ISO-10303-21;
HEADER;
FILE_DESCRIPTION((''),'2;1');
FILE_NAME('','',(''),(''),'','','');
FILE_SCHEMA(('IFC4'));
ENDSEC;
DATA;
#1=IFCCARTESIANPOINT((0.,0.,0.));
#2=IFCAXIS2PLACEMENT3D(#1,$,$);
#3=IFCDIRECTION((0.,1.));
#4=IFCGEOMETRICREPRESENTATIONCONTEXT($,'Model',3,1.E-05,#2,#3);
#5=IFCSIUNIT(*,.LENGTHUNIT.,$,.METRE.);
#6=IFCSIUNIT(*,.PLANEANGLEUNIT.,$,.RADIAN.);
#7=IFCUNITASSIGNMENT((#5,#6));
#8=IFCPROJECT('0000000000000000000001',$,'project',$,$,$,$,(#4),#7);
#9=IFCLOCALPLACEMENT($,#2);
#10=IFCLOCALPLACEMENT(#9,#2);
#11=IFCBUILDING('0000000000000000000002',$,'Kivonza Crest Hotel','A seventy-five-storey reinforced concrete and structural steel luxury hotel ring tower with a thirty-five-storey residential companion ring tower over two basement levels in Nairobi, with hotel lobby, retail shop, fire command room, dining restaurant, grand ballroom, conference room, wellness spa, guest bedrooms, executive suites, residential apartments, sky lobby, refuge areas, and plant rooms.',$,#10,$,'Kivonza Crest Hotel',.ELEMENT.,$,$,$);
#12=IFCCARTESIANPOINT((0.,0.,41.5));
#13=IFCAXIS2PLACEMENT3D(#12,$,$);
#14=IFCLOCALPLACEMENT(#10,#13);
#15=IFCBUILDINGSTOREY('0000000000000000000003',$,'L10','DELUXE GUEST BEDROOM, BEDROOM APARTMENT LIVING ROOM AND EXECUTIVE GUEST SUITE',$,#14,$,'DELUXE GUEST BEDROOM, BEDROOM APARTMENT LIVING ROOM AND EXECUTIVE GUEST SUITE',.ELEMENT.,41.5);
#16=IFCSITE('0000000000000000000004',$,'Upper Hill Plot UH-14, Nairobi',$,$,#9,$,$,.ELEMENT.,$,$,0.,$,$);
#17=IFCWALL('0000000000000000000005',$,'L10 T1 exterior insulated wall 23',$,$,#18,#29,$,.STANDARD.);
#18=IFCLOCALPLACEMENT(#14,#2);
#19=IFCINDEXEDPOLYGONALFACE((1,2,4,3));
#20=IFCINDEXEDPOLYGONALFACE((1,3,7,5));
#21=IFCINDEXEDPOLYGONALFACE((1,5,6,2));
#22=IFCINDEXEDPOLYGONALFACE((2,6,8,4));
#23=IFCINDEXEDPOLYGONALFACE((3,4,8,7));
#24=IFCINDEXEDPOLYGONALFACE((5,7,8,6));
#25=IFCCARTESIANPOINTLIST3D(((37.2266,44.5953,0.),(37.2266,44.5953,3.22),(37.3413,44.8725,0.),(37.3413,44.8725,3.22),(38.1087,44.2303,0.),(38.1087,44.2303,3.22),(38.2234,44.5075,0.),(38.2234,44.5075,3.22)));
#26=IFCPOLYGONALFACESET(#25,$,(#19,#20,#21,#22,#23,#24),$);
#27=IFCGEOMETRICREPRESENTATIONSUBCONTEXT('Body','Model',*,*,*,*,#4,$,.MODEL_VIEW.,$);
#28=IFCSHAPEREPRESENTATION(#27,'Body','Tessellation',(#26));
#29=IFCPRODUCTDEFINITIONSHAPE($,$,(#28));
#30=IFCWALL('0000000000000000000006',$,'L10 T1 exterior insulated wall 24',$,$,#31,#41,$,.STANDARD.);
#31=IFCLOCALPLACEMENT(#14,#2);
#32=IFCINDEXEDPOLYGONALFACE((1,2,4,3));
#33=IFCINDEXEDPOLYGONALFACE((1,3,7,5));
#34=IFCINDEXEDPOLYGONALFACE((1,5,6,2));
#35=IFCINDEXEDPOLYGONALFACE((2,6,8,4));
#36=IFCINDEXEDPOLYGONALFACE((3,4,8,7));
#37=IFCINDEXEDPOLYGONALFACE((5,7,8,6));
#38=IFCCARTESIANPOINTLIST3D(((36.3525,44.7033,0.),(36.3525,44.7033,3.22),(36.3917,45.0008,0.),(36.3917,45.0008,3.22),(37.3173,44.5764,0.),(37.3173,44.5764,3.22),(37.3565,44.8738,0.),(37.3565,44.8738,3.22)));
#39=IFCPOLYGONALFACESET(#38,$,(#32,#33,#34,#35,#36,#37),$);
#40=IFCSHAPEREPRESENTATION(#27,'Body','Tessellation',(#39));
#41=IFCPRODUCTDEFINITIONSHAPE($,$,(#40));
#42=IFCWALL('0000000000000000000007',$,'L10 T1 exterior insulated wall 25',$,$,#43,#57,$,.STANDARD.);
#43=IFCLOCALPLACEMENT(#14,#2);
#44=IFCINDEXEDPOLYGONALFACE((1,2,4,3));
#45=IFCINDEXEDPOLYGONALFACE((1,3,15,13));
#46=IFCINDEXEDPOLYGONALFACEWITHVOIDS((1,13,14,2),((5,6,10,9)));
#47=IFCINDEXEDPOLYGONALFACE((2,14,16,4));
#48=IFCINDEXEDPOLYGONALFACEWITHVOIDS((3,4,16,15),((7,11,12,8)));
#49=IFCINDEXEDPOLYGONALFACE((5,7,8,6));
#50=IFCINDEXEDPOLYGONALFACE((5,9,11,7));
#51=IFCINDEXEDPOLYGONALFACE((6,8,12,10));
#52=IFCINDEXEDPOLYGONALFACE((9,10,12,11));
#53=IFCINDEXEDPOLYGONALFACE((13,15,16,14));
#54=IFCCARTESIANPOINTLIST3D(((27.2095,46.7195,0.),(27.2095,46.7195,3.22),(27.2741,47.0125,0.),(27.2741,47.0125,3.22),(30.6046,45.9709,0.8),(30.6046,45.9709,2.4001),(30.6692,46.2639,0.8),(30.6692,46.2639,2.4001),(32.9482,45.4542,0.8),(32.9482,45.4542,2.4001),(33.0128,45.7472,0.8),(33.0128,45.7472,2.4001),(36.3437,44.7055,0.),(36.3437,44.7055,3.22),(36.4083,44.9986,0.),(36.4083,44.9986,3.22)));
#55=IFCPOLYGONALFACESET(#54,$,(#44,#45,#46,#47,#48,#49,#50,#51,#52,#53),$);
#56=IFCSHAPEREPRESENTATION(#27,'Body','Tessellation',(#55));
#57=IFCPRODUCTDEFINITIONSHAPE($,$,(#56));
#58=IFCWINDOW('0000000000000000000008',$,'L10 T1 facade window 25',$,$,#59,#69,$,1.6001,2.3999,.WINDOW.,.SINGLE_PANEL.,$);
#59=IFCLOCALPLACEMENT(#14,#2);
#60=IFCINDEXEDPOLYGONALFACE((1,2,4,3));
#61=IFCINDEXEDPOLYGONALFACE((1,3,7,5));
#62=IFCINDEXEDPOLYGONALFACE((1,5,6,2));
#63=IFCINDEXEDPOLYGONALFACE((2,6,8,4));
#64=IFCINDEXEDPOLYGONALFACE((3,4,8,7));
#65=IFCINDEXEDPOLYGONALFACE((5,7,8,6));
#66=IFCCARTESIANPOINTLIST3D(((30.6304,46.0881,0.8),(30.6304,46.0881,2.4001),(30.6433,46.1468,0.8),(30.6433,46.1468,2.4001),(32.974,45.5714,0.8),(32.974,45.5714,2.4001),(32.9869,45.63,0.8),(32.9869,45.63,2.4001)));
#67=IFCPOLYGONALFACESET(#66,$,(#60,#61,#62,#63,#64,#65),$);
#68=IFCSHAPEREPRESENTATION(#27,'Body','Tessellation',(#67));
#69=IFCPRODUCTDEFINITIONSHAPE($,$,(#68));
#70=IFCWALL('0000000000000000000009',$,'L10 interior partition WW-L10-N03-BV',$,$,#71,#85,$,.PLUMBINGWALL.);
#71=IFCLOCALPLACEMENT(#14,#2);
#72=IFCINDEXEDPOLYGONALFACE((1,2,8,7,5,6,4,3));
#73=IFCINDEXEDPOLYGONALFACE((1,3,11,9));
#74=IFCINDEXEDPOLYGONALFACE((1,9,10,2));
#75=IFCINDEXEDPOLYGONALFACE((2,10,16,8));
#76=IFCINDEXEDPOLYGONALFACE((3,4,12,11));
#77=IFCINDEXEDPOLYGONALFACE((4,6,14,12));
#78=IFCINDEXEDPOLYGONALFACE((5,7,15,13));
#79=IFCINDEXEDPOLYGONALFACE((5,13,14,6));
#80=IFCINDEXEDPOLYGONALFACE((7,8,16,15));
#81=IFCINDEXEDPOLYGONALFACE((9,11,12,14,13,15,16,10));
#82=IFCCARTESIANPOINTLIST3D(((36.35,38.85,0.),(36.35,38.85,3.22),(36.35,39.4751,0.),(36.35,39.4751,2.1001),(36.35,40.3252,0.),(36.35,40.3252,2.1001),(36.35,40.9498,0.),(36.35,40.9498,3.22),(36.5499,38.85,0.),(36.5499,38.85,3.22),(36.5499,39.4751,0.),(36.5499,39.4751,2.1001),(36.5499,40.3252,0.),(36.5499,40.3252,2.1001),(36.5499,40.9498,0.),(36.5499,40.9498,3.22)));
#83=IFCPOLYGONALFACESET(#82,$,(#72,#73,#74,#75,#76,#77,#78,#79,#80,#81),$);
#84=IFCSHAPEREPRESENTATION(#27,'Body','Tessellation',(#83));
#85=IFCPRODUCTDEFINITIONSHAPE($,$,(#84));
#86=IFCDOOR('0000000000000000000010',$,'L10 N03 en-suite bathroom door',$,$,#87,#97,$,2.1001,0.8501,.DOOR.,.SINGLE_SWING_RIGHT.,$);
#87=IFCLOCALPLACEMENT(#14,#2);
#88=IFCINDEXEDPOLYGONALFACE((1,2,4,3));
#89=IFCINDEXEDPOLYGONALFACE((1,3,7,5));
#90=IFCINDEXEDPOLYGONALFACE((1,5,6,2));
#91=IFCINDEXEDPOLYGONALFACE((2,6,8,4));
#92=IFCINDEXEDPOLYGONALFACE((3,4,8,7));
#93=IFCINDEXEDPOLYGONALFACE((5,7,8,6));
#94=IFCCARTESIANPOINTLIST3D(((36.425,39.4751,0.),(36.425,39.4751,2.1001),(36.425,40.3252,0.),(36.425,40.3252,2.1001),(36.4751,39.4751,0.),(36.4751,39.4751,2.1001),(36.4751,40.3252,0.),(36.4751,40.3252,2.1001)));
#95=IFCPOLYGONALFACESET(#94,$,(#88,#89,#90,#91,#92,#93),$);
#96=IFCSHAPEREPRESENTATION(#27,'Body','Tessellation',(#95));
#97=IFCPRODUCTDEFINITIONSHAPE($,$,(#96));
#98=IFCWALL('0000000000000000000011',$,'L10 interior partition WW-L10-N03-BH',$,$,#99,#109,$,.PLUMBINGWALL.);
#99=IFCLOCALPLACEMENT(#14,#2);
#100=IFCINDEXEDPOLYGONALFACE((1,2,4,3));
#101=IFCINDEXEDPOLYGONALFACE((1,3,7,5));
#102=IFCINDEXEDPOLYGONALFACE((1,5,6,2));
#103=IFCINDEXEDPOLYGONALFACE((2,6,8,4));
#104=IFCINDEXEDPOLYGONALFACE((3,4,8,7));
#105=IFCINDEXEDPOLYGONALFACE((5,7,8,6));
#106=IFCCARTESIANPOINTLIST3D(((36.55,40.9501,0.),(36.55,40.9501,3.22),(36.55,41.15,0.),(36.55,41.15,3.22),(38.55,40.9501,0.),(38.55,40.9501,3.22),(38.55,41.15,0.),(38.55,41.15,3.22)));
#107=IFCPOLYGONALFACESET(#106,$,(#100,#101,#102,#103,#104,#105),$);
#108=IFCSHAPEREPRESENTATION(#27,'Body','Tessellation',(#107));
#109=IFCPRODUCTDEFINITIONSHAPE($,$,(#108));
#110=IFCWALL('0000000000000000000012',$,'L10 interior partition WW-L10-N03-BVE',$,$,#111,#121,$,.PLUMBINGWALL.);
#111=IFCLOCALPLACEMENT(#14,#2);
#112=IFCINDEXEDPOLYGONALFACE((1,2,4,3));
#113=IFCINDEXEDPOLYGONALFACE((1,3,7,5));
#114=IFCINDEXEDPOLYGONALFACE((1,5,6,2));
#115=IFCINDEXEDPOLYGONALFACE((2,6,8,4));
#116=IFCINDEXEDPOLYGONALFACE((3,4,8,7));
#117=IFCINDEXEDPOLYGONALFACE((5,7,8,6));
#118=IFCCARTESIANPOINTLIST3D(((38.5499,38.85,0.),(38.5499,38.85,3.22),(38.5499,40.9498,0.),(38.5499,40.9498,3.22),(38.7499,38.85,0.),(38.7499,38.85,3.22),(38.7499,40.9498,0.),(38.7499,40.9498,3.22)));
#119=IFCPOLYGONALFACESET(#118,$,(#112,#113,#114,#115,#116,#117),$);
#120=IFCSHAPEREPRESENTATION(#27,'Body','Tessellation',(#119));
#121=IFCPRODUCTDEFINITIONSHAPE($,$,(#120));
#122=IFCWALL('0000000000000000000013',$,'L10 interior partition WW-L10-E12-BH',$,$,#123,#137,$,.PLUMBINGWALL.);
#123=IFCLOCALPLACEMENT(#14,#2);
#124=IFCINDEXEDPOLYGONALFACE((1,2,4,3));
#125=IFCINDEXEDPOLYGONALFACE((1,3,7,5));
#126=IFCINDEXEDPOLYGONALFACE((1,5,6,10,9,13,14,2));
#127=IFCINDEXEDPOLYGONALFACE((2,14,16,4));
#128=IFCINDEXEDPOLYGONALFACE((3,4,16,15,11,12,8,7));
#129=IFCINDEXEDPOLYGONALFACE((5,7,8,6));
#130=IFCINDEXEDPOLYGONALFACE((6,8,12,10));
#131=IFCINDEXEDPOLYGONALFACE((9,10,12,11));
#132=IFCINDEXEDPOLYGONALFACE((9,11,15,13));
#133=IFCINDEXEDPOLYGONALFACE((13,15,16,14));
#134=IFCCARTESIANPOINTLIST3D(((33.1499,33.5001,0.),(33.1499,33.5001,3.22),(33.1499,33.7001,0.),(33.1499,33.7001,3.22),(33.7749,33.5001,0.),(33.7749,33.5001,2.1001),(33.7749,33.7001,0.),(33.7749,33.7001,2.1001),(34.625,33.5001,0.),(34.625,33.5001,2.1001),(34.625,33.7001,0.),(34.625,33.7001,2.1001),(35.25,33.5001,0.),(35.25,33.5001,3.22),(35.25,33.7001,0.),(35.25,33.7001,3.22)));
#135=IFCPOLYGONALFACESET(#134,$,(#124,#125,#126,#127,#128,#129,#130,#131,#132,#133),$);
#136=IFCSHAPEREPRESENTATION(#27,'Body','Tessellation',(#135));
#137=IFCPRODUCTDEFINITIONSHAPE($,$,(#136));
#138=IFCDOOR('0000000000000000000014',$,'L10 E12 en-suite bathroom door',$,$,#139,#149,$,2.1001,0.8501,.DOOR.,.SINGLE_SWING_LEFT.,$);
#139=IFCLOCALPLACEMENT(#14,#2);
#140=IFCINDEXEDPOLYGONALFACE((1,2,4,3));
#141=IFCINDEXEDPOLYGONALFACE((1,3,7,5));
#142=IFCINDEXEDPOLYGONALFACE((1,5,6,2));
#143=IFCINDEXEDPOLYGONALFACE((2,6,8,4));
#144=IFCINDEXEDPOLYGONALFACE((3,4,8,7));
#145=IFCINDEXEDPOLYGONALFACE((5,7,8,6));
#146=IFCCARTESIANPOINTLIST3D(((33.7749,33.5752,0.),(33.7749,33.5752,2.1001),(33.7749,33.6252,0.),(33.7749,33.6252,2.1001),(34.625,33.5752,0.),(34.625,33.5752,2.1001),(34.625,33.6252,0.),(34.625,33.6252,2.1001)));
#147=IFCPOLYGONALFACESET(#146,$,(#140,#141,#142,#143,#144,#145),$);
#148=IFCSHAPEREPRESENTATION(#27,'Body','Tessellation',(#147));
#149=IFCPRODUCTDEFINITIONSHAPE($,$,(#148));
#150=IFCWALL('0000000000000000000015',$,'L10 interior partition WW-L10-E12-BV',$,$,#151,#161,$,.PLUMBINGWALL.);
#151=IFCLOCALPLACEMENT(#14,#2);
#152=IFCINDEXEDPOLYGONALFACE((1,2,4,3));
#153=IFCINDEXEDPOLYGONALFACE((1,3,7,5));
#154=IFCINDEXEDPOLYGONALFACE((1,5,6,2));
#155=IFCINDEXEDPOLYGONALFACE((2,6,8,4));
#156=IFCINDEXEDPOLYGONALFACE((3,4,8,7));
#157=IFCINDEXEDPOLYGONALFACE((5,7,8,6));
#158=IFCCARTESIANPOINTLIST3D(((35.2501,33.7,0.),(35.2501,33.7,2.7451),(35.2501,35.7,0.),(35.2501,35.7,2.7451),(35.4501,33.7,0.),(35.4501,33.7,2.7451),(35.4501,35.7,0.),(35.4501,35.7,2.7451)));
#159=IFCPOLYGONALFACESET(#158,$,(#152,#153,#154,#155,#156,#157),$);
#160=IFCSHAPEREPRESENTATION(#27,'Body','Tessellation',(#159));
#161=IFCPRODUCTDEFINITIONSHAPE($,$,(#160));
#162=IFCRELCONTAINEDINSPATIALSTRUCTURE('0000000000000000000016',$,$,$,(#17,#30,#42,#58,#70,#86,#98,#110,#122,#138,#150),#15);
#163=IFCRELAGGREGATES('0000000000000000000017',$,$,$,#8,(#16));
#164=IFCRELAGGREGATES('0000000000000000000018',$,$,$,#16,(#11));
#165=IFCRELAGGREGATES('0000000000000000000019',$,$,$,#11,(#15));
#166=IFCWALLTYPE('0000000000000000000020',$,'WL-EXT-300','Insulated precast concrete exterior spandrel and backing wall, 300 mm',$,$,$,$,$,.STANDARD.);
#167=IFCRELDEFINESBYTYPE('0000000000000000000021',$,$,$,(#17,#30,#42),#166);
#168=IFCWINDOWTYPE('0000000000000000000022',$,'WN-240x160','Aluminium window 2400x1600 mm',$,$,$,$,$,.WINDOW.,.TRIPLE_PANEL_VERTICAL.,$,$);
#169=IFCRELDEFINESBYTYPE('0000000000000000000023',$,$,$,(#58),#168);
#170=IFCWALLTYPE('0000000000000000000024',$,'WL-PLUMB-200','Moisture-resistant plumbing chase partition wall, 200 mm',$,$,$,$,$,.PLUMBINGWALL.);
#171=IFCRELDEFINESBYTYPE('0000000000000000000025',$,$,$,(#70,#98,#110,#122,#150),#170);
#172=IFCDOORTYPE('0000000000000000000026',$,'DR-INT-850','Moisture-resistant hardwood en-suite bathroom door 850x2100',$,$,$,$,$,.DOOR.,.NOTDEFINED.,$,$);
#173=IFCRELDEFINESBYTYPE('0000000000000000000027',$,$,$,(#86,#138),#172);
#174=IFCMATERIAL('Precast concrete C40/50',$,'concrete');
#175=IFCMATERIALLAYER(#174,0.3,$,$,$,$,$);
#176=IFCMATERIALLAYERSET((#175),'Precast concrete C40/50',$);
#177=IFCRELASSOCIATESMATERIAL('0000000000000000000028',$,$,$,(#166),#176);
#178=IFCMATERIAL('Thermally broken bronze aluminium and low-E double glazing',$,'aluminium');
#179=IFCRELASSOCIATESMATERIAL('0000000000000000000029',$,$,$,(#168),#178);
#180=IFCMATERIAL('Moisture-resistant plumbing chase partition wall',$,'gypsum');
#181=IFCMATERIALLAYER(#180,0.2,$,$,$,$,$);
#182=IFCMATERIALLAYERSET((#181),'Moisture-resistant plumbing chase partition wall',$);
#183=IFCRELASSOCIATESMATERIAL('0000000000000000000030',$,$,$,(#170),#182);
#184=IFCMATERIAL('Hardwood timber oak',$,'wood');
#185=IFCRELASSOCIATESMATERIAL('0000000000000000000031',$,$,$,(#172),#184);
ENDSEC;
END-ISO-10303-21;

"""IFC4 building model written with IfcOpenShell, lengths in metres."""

from ifc_helpers import new_model, si_unit, direction, frame, frame_2d, origin, place, context, subcontext, project, spatial, rectangle, extrude, material, layer, layer_set, type_object, element, fill, save


model = new_model("IFC4")

# Units and contexts
model_context = context("Model", 3, precision=1e-05, world=origin(), true_north=direction((0.0, 1.0)))
body_context = subcontext(model_context, "Body", "Model", "MODEL_VIEW")
ifc_project = project(units=[si_unit("LENGTHUNIT", "METRE"), si_unit("PLANEANGLEUNIT", "RADIAN")], contexts=[model_context])

# Site, building, storey
site_placement = place(None, origin())
site = spatial("IfcSite", under=ifc_project, at=site_placement, Name="Upper Hill Plot UH-14, Nairobi", CompositionType="ELEMENT", RefElevation=0.0)
building_placement = place(site_placement, origin())
building = spatial("IfcBuilding", under=site, at=building_placement, Name="Kivonza Crest Hotel", Description="A seventy-five-storey reinforced concrete and structural steel luxury hotel ring tower with a thirty-five-storey residential companion ring tower over two basement levels in Nairobi, with hotel lobby, retail shop, fire command room, dining restaurant, grand ballroom, conference room, wellness spa, guest bedrooms, executive suites, residential apartments, sky lobby, refuge areas, and plant rooms.", LongName="Kivonza Crest Hotel", CompositionType="ELEMENT")
storey_placement = place(building_placement, frame((0.0, 0.0, 41.5)))
storey = spatial("IfcBuildingStorey", under=building, at=storey_placement, Name="L10", Description="DELUXE GUEST BEDROOM, BEDROOM APARTMENT LIVING ROOM AND EXECUTIVE GUEST SUITE", LongName="DELUXE GUEST BEDROOM, BEDROOM APARTMENT LIVING ROOM AND EXECUTIVE GUEST SUITE", CompositionType="ELEMENT", Elevation=41.5)

# Walls
ifc_material_1 = material(Name="Precast concrete C40/50", Category="concrete")
ifc_layer_1 = layer(ifc_material_1, 0.3)
ifc_layer_set_1 = layer_set([ifc_layer_1], Name="Precast concrete C40/50")
wall_type_1 = type_object("IfcWallType", Name="WL-EXT-300", Description="Insulated precast concrete exterior spandrel and backing wall, 300 mm", PredefinedType="STANDARD", material=ifc_layer_set_1)
wall_1_placement = place(storey_placement, frame((38.166, 44.3689, 0.0), z_axis=(0.0, 0.0, 1.0), x_axis=(-0.92402, 0.382344, 0.0)))
element("IfcWall", 1, at=wall_1_placement, inside=storey, type_object=wall_type_1, Name="L10 T1 exterior insulated wall 23", PredefinedType="STANDARD", context=body_context, shape_type="SweptSolid", body=[
    extrude(rectangle(XDim=0.9546, YDim=0.3, at=frame_2d((0.4773, 0.0))), origin(), (0.0, 0.0, 1.0), 3.22),
])
wall_2_placement = place(storey_placement, frame((37.3369, 44.7251, 0.0), z_axis=(0.0, 0.0, 1.0), x_axis=(-0.991454, 0.130455, 0.0)))
element("IfcWall", 2, at=wall_2_placement, inside=storey, type_object=wall_type_1, Name="L10 T1 exterior insulated wall 24", PredefinedType="STANDARD", context=body_context, shape_type="SweptSolid", body=[
    extrude(rectangle(XDim=0.9731, YDim=0.3, at=frame_2d((0.4866, 0.0))), origin(), (0.0, 0.0, 1.0), 3.22),
])

# Wall, opening, window
wall_3_placement = place(storey_placement, frame((36.376, 44.8521, 0.0), z_axis=(0.0, 0.0, 1.0), x_axis=(-0.976545, 0.215313, 0.0)))
wall_3 = element("IfcWall", 3, at=wall_3_placement, inside=storey, type_object=wall_type_1, Name="L10 T1 exterior insulated wall 25", PredefinedType="STANDARD", context=body_context, shape_type="SweptSolid", body=[
    extrude(rectangle(XDim=9.3535, YDim=0.3, at=frame_2d((4.6768, 0.0))), origin(), (0.0, 0.0, 1.0), 3.22),
])
opening_1_placement = place(wall_3_placement, frame((3.4771, 0.0, 0.8)))
opening_1 = element("IfcOpeningElement", 4, at=opening_1_placement, cuts=wall_3, PredefinedType="OPENING", context=body_context, shape_type="SweptSolid", body=[
    extrude(rectangle(XDim=2.3999, YDim=1.6001, at=frame_2d((1.2, 0.8))), frame((0.0, 0.1602, 0.0), z_axis=(0.0, -1.0, 0.0), x_axis=(1.0, 0.0, 0.0)), (0.0, 0.0, 1.0), 0.3201),
])
ifc_material_2 = material(Name="Thermally broken bronze aluminium and low-E double glazing", Category="aluminium")
window_type = type_object("IfcWindowType", Name="WN-240x160", Description="Aluminium window 2400x1600 mm", PartitioningType="TRIPLE_PANEL_VERTICAL", PredefinedType="WINDOW", material=ifc_material_2)
window_placement = place(opening_1_placement, origin())
window = element("IfcWindow", 5, at=window_placement, inside=storey, type_object=window_type, Name="L10 T1 facade window 25", OverallHeight=1.6001, OverallWidth=2.3999, PartitioningType="SINGLE_PANEL", PredefinedType="WINDOW", context=body_context, shape_type="SweptSolid", body=[
    extrude(rectangle(XDim=2.3999, YDim=1.6001, at=frame_2d((1.2, 0.8))), frame((0.0, 0.03, 0.0), z_axis=(0.0, -1.0, 0.0), x_axis=(1.0, 0.0, 0.0)), (0.0, 0.0, 1.0), 0.0601),
])
fill(opening_1, window)

# Wall, opening, door
ifc_material_3 = material(Name="Moisture-resistant plumbing chase partition wall", Category="gypsum")
ifc_layer_2 = layer(ifc_material_3, 0.2)
ifc_layer_set_2 = layer_set([ifc_layer_2], Name="Moisture-resistant plumbing chase partition wall")
wall_type_2 = type_object("IfcWallType", Name="WL-PLUMB-200", Description="Moisture-resistant plumbing chase partition wall, 200 mm", PredefinedType="PLUMBINGWALL", material=ifc_layer_set_2)
wall_4_placement = place(storey_placement, frame((36.45, 38.8501, 0.0), z_axis=(0.0, 0.0, 1.0), x_axis=(0.0, 1.0, 0.0)))
wall_4 = element("IfcWall", 6, at=wall_4_placement, inside=storey, type_object=wall_type_2, Name="L10 interior partition WW-L10-N03-BV", PredefinedType="PLUMBINGWALL", context=body_context, shape_type="SweptSolid", body=[
    extrude(rectangle(XDim=2.0999, YDim=0.2, at=frame_2d((1.0498, 0.0))), origin(), (0.0, 0.0, 1.0), 3.22),
])
opening_2_placement = place(wall_4_placement, frame((0.625, 0.0, 0.0)))
opening_2 = element("IfcOpeningElement", 7, at=opening_2_placement, cuts=wall_4, PredefinedType="OPENING", context=body_context, shape_type="SweptSolid", body=[
    extrude(rectangle(XDim=0.8501, YDim=2.1001, at=frame_2d((0.425, 1.05))), frame((0.0, 0.1099, 0.0), z_axis=(0.0, -1.0, 0.0), x_axis=(1.0, 0.0, 0.0)), (0.0, 0.0, 1.0), 0.22),
])
ifc_material_4 = material(Name="Hardwood timber oak", Category="wood")
door_type = type_object("IfcDoorType", Name="DR-INT-850", Description="Moisture-resistant hardwood en-suite bathroom door 850x2100", OperationType="NOTDEFINED", PredefinedType="DOOR", material=ifc_material_4)
door_1_placement = place(opening_2_placement, origin())
door_1 = element("IfcDoor", 8, at=door_1_placement, inside=storey, type_object=door_type, Name="L10 N03 en-suite bathroom door", OperationType="SINGLE_SWING_RIGHT", OverallHeight=2.1001, OverallWidth=0.8501, PredefinedType="DOOR", context=body_context, shape_type="SweptSolid", body=[
    extrude(rectangle(XDim=0.8501, YDim=2.1001, at=frame_2d((0.425, 1.05))), frame((0.0, 0.0249, 0.0), z_axis=(0.0, -1.0, 0.0), x_axis=(1.0, 0.0, 0.0)), (0.0, 0.0, 1.0), 0.05),
])
fill(opening_2, door_1)

# Walls
wall_5_placement = place(storey_placement, frame((36.55, 41.05, 0.0), z_axis=(0.0, 0.0, 1.0), x_axis=(1.0, 0.0, 0.0)))
element("IfcWall", 9, at=wall_5_placement, inside=storey, type_object=wall_type_2, Name="L10 interior partition WW-L10-N03-BH", PredefinedType="PLUMBINGWALL", context=body_context, shape_type="SweptSolid", body=[
    extrude(rectangle(XDim=2.0, YDim=0.2, at=frame_2d((1.0, 0.0))), origin(), (0.0, 0.0, 1.0), 3.22),
])
wall_6_placement = place(storey_placement, frame((38.6499, 38.8501, 0.0), z_axis=(0.0, 0.0, 1.0), x_axis=(0.0, 1.0, 0.0)))
element("IfcWall", 10, at=wall_6_placement, inside=storey, type_object=wall_type_2, Name="L10 interior partition WW-L10-N03-BVE", PredefinedType="PLUMBINGWALL", context=body_context, shape_type="SweptSolid", body=[
    extrude(rectangle(XDim=2.0999, YDim=0.2, at=frame_2d((1.0498, 0.0))), origin(), (0.0, 0.0, 1.0), 3.22),
])

# Wall, opening, door
wall_7_placement = place(storey_placement, frame((33.1499, 33.6001, 0.0), z_axis=(0.0, 0.0, 1.0), x_axis=(1.0, 0.0, 0.0)))
wall_7 = element("IfcWall", 11, at=wall_7_placement, inside=storey, type_object=wall_type_2, Name="L10 interior partition WW-L10-E12-BH", PredefinedType="PLUMBINGWALL", context=body_context, shape_type="SweptSolid", body=[
    extrude(rectangle(XDim=2.1001, YDim=0.2, at=frame_2d((1.05, 0.0))), origin(), (0.0, 0.0, 1.0), 3.22),
])
opening_3_placement = place(wall_7_placement, frame((0.625, 0.0, 0.0)))
opening_3 = element("IfcOpeningElement", 12, at=opening_3_placement, cuts=wall_7, PredefinedType="OPENING", context=body_context, shape_type="SweptSolid", body=[
    extrude(rectangle(XDim=0.8501, YDim=2.1001, at=frame_2d((0.425, 1.05))), frame((0.0, 0.1099, 0.0), z_axis=(0.0, -1.0, 0.0), x_axis=(1.0, 0.0, 0.0)), (0.0, 0.0, 1.0), 0.22),
])
door_2_placement = place(opening_3_placement, frame((0.8501, 0.0, 0.0), z_axis=(0.0, 0.0, 1.0), x_axis=(-1.0, 0.0, 0.0)))
door_2 = element("IfcDoor", 13, at=door_2_placement, inside=storey, type_object=door_type, Name="L10 E12 en-suite bathroom door", OperationType="SINGLE_SWING_LEFT", OverallHeight=2.1001, OverallWidth=0.8501, PredefinedType="DOOR", context=body_context, shape_type="SweptSolid", body=[
    extrude(rectangle(XDim=0.8501, YDim=2.1001, at=frame_2d((0.425, 1.05))), frame((0.0, 0.0249, 0.0), z_axis=(0.0, -1.0, 0.0), x_axis=(1.0, 0.0, 0.0)), (0.0, 0.0, 1.0), 0.05),
])
fill(opening_3, door_2)

# Wall
wall_8_placement = place(storey_placement, frame((35.3501, 33.7, 0.0), z_axis=(0.0, 0.0, 1.0), x_axis=(0.0, 1.0, 0.0)))
element("IfcWall", 14, at=wall_8_placement, inside=storey, type_object=wall_type_2, Name="L10 interior partition WW-L10-E12-BV", PredefinedType="PLUMBINGWALL", context=body_context, shape_type="SweptSolid", body=[
    extrude(rectangle(XDim=2.0, YDim=0.2, at=frame_2d((1.0, 0.0))), origin(), (0.0, 0.0, 1.0), 2.7451),
])

save(model, "model.ifc")
